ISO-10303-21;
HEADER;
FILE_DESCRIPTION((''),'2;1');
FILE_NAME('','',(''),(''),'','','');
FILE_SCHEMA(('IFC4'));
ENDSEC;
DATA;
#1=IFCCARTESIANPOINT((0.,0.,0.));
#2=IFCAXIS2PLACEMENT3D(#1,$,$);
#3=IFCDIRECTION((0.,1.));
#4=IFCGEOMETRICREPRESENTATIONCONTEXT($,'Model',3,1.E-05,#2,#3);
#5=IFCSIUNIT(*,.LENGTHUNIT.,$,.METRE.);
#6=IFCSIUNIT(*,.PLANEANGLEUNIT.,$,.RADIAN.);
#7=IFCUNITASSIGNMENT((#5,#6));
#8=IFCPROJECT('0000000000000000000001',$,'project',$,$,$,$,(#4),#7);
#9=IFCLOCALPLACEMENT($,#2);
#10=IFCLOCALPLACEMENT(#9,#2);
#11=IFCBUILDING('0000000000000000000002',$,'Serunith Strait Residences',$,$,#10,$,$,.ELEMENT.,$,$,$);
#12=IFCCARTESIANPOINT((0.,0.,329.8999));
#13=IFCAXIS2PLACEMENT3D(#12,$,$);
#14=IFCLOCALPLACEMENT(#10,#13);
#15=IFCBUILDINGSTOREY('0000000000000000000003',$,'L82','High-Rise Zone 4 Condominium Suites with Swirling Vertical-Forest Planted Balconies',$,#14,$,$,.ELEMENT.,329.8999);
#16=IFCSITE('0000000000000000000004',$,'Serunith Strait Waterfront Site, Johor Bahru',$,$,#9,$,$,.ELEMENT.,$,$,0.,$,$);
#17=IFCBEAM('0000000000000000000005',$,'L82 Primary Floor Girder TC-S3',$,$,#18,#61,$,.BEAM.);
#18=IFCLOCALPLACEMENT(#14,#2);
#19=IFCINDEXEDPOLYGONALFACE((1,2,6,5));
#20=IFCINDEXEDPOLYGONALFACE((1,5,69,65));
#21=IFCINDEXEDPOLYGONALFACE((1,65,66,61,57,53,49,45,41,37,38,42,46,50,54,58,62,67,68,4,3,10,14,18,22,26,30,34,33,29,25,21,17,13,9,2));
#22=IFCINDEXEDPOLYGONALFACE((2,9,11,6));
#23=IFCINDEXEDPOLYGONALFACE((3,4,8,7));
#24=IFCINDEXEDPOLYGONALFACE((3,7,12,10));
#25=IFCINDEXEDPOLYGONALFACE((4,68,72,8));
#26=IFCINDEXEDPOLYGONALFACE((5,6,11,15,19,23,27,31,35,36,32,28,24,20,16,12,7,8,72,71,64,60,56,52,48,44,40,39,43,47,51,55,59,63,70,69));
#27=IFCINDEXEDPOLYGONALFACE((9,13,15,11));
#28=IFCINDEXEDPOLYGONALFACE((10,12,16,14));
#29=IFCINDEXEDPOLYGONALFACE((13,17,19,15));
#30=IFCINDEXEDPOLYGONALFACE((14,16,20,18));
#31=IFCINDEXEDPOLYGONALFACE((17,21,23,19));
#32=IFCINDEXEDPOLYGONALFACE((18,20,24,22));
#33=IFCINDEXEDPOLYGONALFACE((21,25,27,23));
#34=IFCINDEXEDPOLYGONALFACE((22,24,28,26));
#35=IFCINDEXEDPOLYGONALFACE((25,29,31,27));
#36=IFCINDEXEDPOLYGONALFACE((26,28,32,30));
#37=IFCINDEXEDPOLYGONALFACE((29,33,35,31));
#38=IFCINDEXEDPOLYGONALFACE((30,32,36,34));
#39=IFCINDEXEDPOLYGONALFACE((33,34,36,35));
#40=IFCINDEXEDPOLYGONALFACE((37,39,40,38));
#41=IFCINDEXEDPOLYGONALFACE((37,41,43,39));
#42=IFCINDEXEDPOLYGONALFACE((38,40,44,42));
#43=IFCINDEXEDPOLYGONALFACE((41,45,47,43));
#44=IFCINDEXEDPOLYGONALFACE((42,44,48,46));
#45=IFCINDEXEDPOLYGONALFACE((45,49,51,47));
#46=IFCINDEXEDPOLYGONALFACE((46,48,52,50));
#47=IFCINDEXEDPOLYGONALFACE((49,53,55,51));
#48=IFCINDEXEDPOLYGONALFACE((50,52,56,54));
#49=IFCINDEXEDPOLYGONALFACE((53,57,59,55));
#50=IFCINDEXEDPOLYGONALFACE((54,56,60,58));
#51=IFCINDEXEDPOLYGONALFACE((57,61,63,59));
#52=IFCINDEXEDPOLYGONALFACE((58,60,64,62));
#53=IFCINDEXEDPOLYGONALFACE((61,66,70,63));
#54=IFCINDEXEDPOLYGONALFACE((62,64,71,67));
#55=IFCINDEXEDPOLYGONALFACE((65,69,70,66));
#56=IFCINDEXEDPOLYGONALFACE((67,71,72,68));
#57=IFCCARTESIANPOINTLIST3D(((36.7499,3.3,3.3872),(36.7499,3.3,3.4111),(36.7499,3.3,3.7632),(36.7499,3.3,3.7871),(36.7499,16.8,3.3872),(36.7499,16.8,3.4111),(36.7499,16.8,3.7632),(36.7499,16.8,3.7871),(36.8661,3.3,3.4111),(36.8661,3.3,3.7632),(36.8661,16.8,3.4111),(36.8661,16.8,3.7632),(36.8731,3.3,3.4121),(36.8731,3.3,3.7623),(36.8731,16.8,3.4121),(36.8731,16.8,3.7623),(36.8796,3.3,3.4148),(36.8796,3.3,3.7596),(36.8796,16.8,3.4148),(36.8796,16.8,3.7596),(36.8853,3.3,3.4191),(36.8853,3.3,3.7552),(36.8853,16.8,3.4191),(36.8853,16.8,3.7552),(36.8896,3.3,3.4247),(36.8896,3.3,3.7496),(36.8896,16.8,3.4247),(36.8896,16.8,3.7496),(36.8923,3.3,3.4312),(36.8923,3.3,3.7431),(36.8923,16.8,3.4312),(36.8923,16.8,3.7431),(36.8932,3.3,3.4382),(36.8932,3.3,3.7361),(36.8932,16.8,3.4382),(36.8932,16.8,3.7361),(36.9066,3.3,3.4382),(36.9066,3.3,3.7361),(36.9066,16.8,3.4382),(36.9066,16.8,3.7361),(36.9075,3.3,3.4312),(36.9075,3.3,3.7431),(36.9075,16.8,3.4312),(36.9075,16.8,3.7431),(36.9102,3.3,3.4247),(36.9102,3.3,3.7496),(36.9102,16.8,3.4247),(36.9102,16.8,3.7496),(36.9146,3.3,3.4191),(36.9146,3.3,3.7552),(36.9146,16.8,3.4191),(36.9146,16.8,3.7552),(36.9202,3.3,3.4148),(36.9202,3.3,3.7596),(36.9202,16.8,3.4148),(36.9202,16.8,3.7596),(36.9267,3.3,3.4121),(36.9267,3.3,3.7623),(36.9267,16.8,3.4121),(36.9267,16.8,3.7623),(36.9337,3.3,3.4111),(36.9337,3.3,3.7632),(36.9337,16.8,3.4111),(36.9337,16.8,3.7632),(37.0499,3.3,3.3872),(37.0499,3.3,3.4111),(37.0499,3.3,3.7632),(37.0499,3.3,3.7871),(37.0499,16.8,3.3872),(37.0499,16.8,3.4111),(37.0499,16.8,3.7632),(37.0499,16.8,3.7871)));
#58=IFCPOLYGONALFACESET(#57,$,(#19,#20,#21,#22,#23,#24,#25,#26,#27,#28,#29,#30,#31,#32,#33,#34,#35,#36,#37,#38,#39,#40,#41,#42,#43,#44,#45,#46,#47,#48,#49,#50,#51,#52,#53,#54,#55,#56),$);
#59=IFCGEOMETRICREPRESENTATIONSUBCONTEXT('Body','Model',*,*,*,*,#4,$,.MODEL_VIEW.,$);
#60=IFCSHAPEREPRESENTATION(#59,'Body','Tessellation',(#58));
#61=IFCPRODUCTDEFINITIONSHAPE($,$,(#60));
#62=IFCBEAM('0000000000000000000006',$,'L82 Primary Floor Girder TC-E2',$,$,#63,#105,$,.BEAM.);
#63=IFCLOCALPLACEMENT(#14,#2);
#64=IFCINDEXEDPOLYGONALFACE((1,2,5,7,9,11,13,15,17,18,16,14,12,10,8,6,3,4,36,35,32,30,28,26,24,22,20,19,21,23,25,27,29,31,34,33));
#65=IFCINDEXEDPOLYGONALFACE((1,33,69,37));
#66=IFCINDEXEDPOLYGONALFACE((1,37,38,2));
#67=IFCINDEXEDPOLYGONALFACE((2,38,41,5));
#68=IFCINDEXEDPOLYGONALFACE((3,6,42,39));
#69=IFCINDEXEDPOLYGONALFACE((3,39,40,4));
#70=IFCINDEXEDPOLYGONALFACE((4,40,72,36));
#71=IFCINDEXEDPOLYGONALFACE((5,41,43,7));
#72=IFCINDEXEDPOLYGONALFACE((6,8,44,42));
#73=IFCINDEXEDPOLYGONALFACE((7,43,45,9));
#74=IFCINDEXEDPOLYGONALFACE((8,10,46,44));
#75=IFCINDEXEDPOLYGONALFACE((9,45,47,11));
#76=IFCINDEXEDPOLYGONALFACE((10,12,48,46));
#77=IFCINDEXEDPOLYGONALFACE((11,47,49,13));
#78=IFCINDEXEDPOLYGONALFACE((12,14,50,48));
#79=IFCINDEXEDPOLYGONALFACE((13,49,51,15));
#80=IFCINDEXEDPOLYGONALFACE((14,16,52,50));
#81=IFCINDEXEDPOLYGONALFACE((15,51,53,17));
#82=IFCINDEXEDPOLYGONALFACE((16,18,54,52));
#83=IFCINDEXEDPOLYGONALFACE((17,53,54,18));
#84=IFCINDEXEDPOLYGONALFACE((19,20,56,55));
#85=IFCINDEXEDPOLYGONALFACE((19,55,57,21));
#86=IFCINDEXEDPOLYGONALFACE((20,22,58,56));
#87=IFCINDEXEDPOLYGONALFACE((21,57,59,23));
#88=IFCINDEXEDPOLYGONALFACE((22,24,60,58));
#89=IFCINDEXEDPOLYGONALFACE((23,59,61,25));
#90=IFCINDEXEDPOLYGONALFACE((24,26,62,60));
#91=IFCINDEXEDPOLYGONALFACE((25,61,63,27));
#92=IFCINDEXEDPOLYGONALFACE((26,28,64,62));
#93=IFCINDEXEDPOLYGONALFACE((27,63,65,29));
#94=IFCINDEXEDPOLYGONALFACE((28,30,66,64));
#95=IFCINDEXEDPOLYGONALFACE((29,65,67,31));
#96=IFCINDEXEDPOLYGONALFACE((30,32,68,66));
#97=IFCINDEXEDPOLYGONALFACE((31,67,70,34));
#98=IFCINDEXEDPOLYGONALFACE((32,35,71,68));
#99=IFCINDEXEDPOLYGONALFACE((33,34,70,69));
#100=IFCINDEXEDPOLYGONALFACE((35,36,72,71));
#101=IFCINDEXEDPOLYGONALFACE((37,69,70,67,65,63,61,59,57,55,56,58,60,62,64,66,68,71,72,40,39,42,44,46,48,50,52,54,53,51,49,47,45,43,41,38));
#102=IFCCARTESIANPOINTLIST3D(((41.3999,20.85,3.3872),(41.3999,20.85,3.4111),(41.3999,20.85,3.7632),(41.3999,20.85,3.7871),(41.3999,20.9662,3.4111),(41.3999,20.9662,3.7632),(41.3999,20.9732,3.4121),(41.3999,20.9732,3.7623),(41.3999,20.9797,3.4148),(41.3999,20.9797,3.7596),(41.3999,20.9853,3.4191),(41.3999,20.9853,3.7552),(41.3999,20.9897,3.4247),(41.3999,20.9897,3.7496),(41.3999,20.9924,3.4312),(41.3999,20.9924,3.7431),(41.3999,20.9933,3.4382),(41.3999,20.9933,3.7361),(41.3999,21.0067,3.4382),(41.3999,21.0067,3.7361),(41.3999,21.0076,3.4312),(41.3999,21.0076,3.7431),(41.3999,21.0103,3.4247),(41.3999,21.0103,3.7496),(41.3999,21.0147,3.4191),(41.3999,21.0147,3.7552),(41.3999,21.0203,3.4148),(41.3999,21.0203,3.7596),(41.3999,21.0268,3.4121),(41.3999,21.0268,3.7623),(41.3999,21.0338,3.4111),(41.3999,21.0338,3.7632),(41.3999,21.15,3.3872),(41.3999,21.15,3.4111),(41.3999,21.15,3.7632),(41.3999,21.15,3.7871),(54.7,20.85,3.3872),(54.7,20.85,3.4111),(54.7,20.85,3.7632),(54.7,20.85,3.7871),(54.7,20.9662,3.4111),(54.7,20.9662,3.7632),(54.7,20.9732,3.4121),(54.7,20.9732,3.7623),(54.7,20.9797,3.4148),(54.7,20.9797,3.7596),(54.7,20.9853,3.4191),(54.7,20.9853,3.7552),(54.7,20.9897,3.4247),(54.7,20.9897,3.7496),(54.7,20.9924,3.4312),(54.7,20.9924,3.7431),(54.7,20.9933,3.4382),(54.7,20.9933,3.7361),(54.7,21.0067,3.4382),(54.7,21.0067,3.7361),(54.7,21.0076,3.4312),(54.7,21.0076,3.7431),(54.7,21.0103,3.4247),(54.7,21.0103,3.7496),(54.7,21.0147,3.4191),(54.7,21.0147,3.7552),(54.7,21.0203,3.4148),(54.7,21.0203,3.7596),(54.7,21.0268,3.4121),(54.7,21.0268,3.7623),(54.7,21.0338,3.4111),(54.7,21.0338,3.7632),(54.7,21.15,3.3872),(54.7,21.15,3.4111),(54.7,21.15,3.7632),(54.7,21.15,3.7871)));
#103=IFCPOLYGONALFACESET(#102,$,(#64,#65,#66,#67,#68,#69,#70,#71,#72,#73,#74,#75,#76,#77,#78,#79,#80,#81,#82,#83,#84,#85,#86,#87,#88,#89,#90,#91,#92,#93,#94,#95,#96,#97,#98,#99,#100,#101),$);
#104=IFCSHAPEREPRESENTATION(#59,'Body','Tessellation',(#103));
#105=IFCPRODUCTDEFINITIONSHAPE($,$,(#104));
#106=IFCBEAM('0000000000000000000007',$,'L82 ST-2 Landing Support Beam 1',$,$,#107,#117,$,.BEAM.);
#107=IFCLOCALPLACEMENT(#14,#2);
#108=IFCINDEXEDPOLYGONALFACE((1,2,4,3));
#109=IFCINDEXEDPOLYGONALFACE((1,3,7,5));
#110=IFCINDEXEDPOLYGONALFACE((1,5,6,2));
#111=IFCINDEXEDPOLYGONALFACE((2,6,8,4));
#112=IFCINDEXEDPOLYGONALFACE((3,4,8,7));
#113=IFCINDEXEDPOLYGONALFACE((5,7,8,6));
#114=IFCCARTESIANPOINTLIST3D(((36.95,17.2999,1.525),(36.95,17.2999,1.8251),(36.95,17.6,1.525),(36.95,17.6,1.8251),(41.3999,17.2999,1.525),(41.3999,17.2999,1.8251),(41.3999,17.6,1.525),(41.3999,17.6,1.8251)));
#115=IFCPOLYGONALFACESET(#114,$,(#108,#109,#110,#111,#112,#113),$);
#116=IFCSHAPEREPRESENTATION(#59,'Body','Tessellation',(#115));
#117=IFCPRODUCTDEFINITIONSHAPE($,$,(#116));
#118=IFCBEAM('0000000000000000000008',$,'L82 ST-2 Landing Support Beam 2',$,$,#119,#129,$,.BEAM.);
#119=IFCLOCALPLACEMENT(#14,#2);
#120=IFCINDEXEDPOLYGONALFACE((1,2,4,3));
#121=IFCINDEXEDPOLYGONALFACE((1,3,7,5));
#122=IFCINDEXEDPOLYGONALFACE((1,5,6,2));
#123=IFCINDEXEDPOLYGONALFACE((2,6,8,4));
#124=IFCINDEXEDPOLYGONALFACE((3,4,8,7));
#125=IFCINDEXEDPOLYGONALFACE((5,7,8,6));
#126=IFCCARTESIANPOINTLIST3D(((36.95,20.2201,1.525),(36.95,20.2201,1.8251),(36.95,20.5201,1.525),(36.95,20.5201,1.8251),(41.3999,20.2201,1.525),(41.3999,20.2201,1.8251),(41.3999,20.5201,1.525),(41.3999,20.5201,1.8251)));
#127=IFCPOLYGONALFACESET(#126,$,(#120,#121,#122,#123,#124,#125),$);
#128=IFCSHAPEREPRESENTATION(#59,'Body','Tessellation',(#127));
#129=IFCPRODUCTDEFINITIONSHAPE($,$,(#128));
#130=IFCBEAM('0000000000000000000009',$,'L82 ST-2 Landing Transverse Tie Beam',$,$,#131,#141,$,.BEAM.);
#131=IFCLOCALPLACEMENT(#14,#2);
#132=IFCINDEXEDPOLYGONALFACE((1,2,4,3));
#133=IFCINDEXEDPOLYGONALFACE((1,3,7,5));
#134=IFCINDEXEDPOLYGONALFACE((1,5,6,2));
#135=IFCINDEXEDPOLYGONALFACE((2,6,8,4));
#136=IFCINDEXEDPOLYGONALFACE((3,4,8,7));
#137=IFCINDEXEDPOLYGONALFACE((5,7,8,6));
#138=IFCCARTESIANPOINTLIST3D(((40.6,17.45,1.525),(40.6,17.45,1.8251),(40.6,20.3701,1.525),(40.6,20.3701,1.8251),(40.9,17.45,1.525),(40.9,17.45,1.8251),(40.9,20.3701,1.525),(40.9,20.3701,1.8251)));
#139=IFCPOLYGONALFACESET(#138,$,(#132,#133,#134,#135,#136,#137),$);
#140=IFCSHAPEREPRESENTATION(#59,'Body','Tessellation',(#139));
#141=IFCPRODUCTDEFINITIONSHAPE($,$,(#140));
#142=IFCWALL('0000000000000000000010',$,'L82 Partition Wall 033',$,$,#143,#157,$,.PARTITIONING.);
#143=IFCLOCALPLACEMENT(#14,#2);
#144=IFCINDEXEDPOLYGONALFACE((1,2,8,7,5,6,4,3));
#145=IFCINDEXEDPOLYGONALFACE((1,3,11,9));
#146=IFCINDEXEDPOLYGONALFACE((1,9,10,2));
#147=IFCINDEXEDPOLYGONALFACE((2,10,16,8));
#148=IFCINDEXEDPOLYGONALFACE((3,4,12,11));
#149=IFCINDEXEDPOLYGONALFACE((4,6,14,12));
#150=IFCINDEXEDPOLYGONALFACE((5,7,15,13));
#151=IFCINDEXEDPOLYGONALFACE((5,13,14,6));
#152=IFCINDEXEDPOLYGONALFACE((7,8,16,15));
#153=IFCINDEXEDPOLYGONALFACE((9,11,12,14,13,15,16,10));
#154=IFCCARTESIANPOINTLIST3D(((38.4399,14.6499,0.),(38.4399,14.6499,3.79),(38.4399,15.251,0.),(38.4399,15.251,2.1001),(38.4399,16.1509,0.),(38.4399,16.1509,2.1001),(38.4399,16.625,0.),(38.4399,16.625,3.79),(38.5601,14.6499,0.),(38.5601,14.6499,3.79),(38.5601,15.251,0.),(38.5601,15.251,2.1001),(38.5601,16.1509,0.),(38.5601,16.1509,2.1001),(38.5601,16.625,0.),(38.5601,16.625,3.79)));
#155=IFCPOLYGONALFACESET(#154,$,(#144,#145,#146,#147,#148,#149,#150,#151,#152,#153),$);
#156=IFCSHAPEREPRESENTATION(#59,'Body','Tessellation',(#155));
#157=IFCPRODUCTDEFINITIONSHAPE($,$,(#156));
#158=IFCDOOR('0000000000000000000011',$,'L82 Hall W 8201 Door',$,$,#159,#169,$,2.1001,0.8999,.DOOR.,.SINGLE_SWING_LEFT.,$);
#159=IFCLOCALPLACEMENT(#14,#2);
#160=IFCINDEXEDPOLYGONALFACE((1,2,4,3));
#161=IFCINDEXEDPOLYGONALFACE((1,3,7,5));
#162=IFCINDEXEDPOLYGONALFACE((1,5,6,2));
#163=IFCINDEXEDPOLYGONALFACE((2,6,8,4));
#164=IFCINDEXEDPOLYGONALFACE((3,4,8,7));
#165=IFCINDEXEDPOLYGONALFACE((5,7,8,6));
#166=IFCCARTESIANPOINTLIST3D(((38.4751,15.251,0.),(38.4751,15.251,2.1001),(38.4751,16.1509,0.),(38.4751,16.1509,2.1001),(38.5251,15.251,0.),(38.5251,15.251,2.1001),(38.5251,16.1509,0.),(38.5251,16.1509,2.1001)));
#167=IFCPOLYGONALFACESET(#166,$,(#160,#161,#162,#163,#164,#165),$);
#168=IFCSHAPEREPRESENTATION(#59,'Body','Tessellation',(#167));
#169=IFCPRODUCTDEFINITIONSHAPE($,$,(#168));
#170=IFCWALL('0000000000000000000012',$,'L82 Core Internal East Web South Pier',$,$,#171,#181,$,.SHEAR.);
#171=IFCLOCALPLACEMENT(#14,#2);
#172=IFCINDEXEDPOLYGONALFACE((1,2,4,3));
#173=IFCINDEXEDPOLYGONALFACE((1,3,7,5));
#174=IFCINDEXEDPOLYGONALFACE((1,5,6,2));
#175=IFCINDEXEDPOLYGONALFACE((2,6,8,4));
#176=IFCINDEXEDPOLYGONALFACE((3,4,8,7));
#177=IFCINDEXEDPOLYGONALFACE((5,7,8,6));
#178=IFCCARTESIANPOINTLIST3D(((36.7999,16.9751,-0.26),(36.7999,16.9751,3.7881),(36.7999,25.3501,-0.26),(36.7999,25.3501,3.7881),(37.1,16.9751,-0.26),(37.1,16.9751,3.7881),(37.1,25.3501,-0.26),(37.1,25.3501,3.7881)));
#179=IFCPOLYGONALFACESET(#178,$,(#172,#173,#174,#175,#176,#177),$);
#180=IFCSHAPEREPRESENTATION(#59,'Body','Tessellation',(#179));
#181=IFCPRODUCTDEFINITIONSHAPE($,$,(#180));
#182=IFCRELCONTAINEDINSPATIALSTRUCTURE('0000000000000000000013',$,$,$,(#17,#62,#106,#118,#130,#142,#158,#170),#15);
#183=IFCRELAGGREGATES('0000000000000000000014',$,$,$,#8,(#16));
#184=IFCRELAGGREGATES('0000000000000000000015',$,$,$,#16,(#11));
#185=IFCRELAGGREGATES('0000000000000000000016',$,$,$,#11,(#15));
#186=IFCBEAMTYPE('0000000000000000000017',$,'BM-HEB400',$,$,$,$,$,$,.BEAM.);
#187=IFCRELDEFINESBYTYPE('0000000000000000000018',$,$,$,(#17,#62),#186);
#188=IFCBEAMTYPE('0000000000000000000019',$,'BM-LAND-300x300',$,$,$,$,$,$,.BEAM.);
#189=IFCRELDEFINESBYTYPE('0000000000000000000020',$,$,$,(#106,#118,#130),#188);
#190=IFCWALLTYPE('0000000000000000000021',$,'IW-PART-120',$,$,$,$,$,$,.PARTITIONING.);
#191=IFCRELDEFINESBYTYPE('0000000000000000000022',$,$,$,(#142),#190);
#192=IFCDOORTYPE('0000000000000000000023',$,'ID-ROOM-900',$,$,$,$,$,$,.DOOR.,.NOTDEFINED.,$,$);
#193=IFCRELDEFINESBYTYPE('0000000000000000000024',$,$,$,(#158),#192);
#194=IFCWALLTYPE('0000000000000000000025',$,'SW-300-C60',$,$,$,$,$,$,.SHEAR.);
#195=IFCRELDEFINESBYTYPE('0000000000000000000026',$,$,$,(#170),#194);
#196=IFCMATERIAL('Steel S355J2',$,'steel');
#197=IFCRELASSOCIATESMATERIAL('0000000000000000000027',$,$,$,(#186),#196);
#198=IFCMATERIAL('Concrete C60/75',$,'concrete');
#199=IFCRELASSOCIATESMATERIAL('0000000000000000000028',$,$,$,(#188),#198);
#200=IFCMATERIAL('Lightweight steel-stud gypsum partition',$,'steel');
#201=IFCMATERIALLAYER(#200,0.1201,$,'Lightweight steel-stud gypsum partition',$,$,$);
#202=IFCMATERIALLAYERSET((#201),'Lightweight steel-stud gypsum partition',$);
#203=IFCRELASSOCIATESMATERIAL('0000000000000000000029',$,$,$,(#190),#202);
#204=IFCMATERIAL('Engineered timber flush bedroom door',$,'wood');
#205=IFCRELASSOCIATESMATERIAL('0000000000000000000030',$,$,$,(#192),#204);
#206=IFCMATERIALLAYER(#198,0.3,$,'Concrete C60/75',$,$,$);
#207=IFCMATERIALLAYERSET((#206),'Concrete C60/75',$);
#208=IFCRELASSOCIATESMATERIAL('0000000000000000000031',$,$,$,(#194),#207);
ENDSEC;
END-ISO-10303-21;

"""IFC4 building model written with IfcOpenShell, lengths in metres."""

from ifc_helpers import new_model, si_unit, direction, frame, frame_2d, origin, origin_2d, place, context, subcontext, project, spatial, rectangle, i_section, extrude, source, transform, mapped, material, layer, layer_set, material_profile, profile_set, type_object, element, fill, save


model = new_model("IFC4")

# Units and contexts
model_context = context("Model", 3, precision=1e-05, world=origin(), true_north=direction((0.0, 1.0)))
body_context = subcontext(model_context, "Body", "Model", "MODEL_VIEW")
ifc_project = project(units=[si_unit("LENGTHUNIT", "METRE"), si_unit("PLANEANGLEUNIT", "RADIAN")], contexts=[model_context])

# Site, building, storey
site_placement = place(None, origin())
site = spatial("IfcSite", under=ifc_project, at=site_placement, Name="Serunith Strait Waterfront Site, Johor Bahru", CompositionType="ELEMENT", RefElevation=0.0)
building_placement = place(site_placement, origin())
building = spatial("IfcBuilding", under=site, at=building_placement, Name="Serunith Strait Residences", CompositionType="ELEMENT")
storey_placement = place(building_placement, frame((0.0, 0.0, 329.8999)))
storey = spatial("IfcBuildingStorey", under=building, at=storey_placement, Name="L82", Description="High-Rise Zone 4 Condominium Suites with Swirling Vertical-Forest Planted Balconies", CompositionType="ELEMENT", Elevation=329.8999)

# Beams
ifc_material_1 = material(Name="Steel S355J2", Category="steel")
ifc_material_profile_1 = material_profile(ifc_material_1, i_section(OverallWidth=0.3, OverallDepth=0.3999, WebThickness=0.0134, FlangeThickness=0.0239, FilletRadius=0.0271, at=origin_2d()), Name="HEB 400")
ifc_profile_set_1 = profile_set([ifc_material_profile_1], Name="Steel S355J2")
beam_type_1 = type_object("IfcBeamType", Name="BM-HEB400", PredefinedType="BEAM", material=ifc_profile_set_1)
shared_shape_1 = source(origin(), body_context, "Body", "SweptSolid", [
    extrude(i_section(OverallWidth=0.3, OverallDepth=0.3999, WebThickness=0.0134, FlangeThickness=0.0239, FilletRadius=0.0271, at=origin_2d()), origin(), (0.0, 0.0, 1.0), 13.5),
])
beam_1_placement = place(storey_placement, frame((36.8999, 16.8, 3.5872), z_axis=(0.0, -1.0, 0.0), x_axis=(1.0, 0.0, 0.0)))
element("IfcBeam", 1, at=beam_1_placement, inside=storey, type_object=beam_type_1, Name="L82 Primary Floor Girder TC-S3", PredefinedType="BEAM", context=body_context, shape_type="MappedRepresentation", body=[
    mapped(shared_shape_1, transform((0.0, 0.0, 0.0), scale=1.0)),
])
shared_shape_2 = source(origin(), body_context, "Body", "SweptSolid", [
    extrude(i_section(OverallWidth=0.3, OverallDepth=0.3999, WebThickness=0.0134, FlangeThickness=0.0239, FilletRadius=0.0271, at=origin_2d()), origin(), (0.0, 0.0, 1.0), 13.3),
])
beam_2_placement = place(storey_placement, frame((41.3999, 21.0, 3.5872), z_axis=(1.0, 0.0, 0.0), x_axis=(0.0, 1.0, 0.0)))
element("IfcBeam", 2, at=beam_2_placement, inside=storey, type_object=beam_type_1, Name="L82 Primary Floor Girder TC-E2", PredefinedType="BEAM", context=body_context, shape_type="MappedRepresentation", body=[
    mapped(shared_shape_2, transform((0.0, 0.0, 0.0), scale=1.0)),
])
ifc_material_2 = material(Name="Concrete C60/75", Category="concrete")
ifc_material_profile_2 = material_profile(ifc_material_2, rectangle(XDim=0.3, YDim=0.3, at=origin_2d()), Name="RC 300x300")
ifc_profile_set_2 = profile_set([ifc_material_profile_2], Name="Concrete C60/75")
beam_type_2 = type_object("IfcBeamType", Name="BM-LAND-300x300", PredefinedType="BEAM", material=ifc_profile_set_2)
shared_shape_3 = source(origin(), body_context, "Body", "SweptSolid", [
    extrude(rectangle(XDim=0.3, YDim=0.3, at=origin_2d()), origin(), (0.0, 0.0, 1.0), 4.45),
])
for number, where, z_axis, x_axis, name in (
    (3, (36.95, 17.45, 1.675), (1.0, 0.0, 0.0), (0.0, 1.0, 0.0), "L82 ST-2 Landing Support Beam 1"),
    (4, (36.95, 20.3701, 1.675), (1.0, 0.0, 0.0), (0.0, 1.0, 0.0), "L82 ST-2 Landing Support Beam 2"),
):
    element("IfcBeam", number, at=place(storey_placement, frame(where, z_axis=z_axis, x_axis=x_axis)), inside=storey, type_object=beam_type_2, Name=name, PredefinedType="BEAM", context=body_context, shape_type="MappedRepresentation", body=[
        mapped(shared_shape_3, transform((0.0, 0.0, 0.0), scale=1.0)),
    ])
shared_shape_4 = source(origin(), body_context, "Body", "SweptSolid", [
    extrude(rectangle(XDim=0.3, YDim=0.3, at=origin_2d()), origin(), (0.0, 0.0, 1.0), 2.9202),
])
beam_3_placement = place(storey_placement, frame((40.75, 17.45, 1.675), z_axis=(0.0, 1.0, 0.0), x_axis=(-1.0, 0.0, 0.0)))
element("IfcBeam", 5, at=beam_3_placement, inside=storey, type_object=beam_type_2, Name="L82 ST-2 Landing Transverse Tie Beam", PredefinedType="BEAM", context=body_context, shape_type="MappedRepresentation", body=[
    mapped(shared_shape_4, transform((0.0, 0.0, 0.0), scale=1.0)),
])

# Wall, opening, door
ifc_material_3 = material(Name="Lightweight steel-stud gypsum partition", Category="steel")
ifc_layer_1 = layer(ifc_material_3, 0.1201, Name="Lightweight steel-stud gypsum partition")
ifc_layer_set_1 = layer_set([ifc_layer_1], Name="Lightweight steel-stud gypsum partition")
wall_type_1 = type_object("IfcWallType", Name="IW-PART-120", PredefinedType="PARTITIONING", material=ifc_layer_set_1)
wall_1_placement = place(storey_placement, frame((38.5, 14.6499, 0.0), z_axis=(0.0, 0.0, 1.0), x_axis=(0.0, 1.0, 0.0)))
wall_1 = element("IfcWall", 6, at=wall_1_placement, inside=storey, type_object=wall_type_1, Name="L82 Partition Wall 033", PredefinedType="PARTITIONING", context=body_context, shape_type="SweptSolid", body=[
    extrude(rectangle(XDim=1.9751, YDim=0.1201, at=frame_2d((0.9875, 0.0))), origin(), (0.0, 0.0, 1.0), 3.79),
])
opening_1_placement = place(wall_1_placement, frame((0.6011, 0.0, 0.0)))
opening_1 = element("IfcOpeningElement", 7, at=opening_1_placement, cuts=wall_1, PredefinedType="OPENING", context=body_context, shape_type="SweptSolid", body=[
    extrude(rectangle(XDim=0.8999, YDim=2.1001, at=frame_2d((0.45, 1.05))), frame((0.0, 0.0701, 0.0), z_axis=(0.0, -1.0, 0.0), x_axis=(1.0, 0.0, 0.0)), (0.0, 0.0, 1.0), 0.1401),
])
ifc_material_4 = material(Name="Engineered timber flush bedroom door", Category="wood")
door_type_1 = type_object("IfcDoorType", Name="ID-ROOM-900", OperationType="NOTDEFINED", PredefinedType="DOOR", material=ifc_material_4)
shared_shape_5 = source(origin(), body_context, "Body", "SweptSolid", [
    extrude(rectangle(XDim=0.8999, YDim=2.1001, at=frame_2d((0.45, 1.05))), frame((0.0, 0.0249, 0.0), z_axis=(0.0, -1.0, 0.0), x_axis=(1.0, 0.0, 0.0)), (0.0, 0.0, 1.0), 0.05),
])
door_1_placement = place(opening_1_placement, origin())
door_1 = element("IfcDoor", 8, at=door_1_placement, inside=storey, type_object=door_type_1, Name="L82 Hall W 8201 Door", OperationType="SINGLE_SWING_LEFT", OverallHeight=2.1001, OverallWidth=0.8999, PredefinedType="DOOR", context=body_context, shape_type="MappedRepresentation", body=[
    mapped(shared_shape_5, transform((0.0, 0.0, 0.0), scale=1.0)),
])
fill(opening_1, door_1)

# Wall
ifc_layer_2 = layer(ifc_material_2, 0.3, Name="Concrete C60/75")
ifc_layer_set_2 = layer_set([ifc_layer_2], Name="Concrete C60/75")
wall_type_2 = type_object("IfcWallType", Name="SW-300-C60", PredefinedType="SHEAR", material=ifc_layer_set_2)
wall_2_placement = place(storey_placement, frame((36.95, 16.9751, -0.26), z_axis=(0.0, 0.0, 1.0), x_axis=(0.0, 1.0, 0.0)))
element("IfcWall", 9, at=wall_2_placement, inside=storey, type_object=wall_type_2, Name="L82 Core Internal East Web South Pier", PredefinedType="SHEAR", context=body_context, shape_type="SweptSolid", body=[
    extrude(rectangle(XDim=8.375, YDim=0.3, at=frame_2d((4.1875, 0.0))), origin(), (0.0, 0.0, 1.0), 4.0481),
])

save(model, "model.ifc")
